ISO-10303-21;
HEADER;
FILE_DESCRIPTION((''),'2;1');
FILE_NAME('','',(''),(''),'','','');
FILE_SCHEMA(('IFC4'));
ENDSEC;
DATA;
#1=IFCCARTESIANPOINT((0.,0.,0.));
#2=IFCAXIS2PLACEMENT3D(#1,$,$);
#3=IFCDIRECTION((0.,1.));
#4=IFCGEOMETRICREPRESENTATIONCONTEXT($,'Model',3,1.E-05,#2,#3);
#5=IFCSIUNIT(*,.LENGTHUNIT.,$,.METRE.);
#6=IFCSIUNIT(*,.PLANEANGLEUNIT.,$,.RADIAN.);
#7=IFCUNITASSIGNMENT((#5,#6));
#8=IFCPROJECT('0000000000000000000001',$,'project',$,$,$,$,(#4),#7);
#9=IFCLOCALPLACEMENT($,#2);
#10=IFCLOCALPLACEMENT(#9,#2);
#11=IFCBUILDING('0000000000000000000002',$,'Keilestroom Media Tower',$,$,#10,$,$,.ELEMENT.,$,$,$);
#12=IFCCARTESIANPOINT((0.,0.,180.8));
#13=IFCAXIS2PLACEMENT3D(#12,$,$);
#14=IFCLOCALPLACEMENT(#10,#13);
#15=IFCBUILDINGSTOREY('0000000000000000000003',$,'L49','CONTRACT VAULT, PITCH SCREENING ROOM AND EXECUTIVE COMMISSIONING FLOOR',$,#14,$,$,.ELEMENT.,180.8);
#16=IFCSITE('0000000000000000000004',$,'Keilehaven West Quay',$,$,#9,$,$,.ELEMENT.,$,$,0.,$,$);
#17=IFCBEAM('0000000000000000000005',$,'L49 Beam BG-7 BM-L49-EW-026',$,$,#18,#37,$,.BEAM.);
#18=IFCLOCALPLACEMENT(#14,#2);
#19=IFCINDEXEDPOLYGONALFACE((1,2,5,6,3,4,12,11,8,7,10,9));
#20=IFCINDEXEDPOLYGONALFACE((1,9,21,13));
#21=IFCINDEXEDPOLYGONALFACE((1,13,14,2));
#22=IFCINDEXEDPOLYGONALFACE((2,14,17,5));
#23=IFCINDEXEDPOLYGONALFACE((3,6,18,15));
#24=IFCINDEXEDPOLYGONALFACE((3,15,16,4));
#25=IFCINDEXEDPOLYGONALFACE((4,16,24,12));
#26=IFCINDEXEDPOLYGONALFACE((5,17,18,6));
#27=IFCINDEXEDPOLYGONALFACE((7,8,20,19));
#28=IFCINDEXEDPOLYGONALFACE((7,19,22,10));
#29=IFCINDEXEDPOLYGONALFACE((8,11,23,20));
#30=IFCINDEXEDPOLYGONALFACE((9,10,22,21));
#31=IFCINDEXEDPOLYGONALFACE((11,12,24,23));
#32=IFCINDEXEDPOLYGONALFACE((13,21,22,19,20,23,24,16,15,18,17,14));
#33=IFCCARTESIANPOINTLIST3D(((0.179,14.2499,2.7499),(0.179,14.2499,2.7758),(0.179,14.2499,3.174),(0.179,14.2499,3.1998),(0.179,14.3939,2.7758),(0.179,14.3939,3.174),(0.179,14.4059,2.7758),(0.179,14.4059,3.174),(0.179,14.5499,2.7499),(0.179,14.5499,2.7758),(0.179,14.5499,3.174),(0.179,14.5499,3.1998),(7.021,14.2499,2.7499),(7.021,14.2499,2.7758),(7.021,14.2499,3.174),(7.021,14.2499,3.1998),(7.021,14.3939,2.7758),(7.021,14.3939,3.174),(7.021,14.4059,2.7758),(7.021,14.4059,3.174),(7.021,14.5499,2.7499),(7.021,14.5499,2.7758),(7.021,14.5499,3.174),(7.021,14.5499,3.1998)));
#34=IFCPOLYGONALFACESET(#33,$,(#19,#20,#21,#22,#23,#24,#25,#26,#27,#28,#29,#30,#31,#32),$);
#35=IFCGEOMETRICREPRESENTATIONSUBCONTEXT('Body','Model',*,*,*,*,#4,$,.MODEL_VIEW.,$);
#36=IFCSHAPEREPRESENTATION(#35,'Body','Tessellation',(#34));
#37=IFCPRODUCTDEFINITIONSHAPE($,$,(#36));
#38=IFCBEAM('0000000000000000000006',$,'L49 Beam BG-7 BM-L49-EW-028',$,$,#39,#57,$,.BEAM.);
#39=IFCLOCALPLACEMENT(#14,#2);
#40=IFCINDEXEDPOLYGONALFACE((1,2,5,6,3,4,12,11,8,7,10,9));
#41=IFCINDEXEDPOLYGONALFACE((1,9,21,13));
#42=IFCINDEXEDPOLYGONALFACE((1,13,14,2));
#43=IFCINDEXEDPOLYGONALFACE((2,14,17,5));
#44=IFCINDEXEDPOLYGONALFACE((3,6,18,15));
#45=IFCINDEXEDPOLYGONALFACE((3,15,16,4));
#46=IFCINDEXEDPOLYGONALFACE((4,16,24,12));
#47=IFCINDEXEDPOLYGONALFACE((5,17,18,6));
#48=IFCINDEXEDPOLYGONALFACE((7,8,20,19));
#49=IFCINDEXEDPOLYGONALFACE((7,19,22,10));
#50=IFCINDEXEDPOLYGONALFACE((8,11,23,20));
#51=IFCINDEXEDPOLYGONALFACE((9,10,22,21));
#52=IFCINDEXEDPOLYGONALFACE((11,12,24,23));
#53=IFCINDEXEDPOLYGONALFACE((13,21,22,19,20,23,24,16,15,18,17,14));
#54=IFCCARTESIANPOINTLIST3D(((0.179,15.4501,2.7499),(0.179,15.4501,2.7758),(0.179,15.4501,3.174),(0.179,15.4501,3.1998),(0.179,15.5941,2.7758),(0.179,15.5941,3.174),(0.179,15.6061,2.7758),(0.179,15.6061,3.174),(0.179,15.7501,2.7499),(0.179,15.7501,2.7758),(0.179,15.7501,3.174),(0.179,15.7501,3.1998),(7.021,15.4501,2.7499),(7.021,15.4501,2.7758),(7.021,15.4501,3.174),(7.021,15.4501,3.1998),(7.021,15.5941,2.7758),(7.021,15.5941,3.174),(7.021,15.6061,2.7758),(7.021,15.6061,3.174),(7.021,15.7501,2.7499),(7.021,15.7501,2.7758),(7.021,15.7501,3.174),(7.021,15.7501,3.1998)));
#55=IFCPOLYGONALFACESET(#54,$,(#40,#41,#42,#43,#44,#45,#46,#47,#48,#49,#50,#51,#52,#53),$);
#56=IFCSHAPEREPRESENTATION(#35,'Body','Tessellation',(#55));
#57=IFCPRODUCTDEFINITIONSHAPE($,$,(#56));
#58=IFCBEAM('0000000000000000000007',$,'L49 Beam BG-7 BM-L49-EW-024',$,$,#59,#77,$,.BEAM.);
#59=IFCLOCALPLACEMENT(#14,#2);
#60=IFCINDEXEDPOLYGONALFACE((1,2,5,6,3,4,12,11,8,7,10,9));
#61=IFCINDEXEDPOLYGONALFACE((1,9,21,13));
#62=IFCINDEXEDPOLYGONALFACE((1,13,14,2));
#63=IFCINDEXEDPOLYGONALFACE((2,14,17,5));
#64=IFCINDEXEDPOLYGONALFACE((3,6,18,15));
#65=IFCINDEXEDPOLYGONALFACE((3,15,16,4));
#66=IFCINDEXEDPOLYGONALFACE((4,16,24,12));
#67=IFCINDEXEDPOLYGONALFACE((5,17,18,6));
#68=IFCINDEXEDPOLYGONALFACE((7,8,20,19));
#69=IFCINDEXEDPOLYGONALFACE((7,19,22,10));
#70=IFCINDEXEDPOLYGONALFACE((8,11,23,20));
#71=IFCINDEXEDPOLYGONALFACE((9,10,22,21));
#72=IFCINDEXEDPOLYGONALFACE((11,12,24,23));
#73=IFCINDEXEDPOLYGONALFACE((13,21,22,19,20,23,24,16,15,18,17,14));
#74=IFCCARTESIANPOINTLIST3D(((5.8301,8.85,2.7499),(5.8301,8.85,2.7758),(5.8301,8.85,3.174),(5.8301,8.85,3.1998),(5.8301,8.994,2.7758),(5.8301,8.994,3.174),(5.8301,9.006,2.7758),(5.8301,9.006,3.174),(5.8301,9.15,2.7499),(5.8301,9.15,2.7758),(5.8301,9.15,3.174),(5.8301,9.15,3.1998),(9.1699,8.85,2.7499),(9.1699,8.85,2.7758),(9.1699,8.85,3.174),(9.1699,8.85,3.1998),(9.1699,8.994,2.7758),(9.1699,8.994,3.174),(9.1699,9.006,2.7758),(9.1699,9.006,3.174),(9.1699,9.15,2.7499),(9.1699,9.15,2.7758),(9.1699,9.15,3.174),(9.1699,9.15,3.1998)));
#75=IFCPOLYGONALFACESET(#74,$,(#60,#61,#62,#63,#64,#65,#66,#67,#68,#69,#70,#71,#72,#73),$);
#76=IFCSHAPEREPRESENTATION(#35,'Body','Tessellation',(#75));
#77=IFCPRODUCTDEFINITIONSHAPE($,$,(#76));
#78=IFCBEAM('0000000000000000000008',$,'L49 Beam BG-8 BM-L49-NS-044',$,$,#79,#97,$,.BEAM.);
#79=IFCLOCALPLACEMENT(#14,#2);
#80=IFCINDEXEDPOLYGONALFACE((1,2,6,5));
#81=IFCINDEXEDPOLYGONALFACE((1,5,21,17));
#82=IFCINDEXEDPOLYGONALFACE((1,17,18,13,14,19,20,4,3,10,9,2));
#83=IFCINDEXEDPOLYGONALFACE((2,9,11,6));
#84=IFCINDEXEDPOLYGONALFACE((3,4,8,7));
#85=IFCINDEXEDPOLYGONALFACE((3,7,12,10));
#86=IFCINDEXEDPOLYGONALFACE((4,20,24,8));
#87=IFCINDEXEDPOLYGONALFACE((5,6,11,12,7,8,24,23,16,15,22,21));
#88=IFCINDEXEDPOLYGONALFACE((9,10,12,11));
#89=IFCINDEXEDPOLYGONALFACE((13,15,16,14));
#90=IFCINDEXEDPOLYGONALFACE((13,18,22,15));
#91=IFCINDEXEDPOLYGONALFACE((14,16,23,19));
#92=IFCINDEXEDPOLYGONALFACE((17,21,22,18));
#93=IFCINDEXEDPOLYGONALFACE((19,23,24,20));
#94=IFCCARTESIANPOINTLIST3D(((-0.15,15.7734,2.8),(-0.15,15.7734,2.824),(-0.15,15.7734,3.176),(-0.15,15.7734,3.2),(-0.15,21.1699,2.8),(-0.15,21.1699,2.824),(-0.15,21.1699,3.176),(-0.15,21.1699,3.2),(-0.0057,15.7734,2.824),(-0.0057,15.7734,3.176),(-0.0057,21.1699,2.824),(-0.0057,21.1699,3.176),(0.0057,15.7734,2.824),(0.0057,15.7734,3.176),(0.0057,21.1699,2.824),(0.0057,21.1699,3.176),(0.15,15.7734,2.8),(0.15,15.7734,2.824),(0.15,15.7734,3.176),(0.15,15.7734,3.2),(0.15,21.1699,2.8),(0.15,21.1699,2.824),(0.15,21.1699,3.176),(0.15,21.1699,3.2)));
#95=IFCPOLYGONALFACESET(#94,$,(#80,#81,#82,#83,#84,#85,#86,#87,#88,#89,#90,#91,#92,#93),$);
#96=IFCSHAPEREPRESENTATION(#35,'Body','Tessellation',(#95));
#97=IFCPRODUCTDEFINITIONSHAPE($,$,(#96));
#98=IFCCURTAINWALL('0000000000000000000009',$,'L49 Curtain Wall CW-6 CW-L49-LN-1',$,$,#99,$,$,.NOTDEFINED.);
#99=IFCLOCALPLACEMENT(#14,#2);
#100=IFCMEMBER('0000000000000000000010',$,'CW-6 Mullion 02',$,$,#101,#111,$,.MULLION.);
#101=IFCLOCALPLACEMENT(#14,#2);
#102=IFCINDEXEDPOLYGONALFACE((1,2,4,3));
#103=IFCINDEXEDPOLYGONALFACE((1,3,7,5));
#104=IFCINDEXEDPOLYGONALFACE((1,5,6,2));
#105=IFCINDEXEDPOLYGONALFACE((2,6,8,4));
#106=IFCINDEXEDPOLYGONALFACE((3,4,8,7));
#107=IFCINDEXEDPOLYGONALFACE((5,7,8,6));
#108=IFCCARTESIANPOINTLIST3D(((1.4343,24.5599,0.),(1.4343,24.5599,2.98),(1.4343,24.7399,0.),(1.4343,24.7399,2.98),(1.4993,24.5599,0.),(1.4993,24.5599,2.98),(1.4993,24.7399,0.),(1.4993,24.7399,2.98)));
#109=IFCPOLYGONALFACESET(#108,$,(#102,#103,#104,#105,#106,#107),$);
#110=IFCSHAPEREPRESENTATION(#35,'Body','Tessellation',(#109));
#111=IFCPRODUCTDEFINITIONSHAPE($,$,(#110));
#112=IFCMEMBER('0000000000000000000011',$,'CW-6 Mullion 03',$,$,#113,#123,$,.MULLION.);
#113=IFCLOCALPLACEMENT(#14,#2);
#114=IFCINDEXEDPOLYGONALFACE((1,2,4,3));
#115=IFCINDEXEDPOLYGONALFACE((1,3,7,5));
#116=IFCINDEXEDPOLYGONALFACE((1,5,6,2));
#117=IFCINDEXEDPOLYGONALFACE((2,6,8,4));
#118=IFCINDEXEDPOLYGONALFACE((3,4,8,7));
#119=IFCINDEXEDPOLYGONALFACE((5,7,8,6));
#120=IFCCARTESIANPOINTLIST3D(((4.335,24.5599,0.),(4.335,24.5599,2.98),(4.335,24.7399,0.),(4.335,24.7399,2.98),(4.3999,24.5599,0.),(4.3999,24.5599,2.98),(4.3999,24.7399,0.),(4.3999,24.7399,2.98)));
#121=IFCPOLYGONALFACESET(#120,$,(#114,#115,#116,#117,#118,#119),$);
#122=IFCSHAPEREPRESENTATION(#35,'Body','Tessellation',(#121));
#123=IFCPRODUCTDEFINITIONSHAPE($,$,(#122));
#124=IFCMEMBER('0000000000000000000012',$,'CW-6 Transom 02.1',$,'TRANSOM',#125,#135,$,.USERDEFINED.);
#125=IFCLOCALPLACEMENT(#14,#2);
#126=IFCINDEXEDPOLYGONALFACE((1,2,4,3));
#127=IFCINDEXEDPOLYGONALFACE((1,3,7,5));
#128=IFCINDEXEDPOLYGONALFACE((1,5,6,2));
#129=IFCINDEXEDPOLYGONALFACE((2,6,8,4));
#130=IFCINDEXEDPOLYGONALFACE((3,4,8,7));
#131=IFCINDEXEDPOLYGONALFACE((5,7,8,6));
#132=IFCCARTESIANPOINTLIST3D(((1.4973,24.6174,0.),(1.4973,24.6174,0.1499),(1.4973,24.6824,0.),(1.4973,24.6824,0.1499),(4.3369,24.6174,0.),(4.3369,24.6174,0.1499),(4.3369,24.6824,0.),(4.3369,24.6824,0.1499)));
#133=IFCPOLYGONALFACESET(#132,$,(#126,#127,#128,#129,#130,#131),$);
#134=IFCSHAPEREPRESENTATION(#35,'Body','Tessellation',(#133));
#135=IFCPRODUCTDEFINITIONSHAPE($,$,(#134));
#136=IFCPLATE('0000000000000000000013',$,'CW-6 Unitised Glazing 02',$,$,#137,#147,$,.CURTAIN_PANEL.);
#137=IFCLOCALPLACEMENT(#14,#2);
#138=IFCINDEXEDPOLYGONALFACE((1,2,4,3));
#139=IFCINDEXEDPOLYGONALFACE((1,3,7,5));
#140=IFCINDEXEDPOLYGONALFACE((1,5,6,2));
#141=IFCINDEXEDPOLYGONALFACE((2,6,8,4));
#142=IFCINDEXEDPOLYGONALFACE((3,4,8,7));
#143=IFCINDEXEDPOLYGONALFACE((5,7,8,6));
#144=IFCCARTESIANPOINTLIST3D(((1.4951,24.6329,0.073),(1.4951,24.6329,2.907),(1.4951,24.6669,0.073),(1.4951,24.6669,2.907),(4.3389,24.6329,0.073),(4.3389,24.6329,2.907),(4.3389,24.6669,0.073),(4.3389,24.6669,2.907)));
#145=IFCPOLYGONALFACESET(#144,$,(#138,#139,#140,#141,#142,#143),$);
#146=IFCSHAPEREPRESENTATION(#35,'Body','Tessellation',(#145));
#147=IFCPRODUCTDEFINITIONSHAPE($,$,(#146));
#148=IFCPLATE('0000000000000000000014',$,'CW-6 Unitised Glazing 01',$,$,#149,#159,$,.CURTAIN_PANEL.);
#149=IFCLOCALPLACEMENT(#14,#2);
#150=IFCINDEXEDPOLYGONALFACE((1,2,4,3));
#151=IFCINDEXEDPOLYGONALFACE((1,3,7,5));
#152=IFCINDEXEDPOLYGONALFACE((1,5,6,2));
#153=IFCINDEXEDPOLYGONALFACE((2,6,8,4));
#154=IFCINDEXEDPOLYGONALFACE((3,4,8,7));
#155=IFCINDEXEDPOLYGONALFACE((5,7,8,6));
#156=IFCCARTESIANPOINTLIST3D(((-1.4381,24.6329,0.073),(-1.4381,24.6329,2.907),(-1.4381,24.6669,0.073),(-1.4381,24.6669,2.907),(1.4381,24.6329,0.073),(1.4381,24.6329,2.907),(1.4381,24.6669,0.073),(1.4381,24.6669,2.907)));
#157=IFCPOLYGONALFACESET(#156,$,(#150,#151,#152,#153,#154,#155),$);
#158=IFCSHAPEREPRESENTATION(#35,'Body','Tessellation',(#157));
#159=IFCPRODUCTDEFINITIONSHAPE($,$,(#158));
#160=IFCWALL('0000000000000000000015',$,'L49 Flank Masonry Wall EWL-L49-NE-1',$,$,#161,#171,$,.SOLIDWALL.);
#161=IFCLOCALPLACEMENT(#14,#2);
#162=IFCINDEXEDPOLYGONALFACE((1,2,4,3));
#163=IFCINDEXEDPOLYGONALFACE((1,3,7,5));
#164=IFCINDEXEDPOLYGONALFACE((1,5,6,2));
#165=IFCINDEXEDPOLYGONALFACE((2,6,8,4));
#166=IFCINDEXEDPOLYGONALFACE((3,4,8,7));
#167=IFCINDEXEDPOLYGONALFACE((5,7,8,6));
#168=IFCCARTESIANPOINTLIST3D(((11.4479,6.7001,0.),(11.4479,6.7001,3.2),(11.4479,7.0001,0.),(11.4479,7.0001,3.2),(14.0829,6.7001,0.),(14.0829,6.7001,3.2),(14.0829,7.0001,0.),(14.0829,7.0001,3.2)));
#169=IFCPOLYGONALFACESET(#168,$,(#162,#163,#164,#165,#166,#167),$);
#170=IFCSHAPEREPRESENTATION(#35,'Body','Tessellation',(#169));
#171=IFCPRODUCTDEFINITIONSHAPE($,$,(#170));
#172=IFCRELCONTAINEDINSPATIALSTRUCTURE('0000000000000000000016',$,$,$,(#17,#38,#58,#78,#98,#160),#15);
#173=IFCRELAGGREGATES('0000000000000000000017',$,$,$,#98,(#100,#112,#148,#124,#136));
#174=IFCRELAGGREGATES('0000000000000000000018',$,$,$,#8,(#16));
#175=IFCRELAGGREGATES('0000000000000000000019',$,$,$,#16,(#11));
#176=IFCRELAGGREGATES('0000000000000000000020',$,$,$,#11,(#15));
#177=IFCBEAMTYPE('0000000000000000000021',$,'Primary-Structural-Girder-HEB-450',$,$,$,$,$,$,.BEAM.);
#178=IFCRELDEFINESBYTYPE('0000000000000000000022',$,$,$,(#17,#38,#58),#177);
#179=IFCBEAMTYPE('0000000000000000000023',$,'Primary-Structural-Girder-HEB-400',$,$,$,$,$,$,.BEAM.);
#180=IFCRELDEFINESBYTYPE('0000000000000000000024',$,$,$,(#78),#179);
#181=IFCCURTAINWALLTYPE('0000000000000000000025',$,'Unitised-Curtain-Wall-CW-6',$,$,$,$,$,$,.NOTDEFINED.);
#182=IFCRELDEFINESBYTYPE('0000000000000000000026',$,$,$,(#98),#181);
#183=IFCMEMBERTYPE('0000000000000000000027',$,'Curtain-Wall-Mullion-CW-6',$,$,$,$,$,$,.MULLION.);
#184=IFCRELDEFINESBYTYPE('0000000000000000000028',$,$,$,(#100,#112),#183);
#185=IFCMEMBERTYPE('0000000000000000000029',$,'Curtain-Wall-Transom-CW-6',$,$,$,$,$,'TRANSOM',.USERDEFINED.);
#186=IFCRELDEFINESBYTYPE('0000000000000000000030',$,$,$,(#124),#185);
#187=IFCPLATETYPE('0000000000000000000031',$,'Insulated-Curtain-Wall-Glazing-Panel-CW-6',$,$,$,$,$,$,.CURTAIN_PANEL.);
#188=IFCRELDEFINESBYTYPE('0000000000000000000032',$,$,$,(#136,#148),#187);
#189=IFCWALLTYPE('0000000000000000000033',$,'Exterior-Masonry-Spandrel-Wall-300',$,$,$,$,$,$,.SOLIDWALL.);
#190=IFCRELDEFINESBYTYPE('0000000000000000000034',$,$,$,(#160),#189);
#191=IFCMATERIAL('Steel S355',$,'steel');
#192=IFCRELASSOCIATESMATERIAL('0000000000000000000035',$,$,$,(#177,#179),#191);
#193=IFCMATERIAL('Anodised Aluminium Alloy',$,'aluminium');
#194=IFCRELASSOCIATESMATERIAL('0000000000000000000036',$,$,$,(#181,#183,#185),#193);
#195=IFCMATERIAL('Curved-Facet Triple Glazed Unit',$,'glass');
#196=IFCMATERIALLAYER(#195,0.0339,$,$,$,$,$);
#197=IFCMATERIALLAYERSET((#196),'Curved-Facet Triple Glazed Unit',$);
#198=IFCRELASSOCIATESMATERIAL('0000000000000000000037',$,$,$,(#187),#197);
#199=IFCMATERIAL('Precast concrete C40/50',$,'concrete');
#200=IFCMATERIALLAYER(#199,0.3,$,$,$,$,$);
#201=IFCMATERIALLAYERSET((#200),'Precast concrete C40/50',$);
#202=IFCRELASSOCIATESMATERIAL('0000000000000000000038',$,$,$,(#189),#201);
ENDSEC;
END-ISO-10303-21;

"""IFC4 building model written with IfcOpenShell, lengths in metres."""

from ifc_helpers import new_model, si_unit, direction, frame, frame_2d, origin, origin_2d, place, context, subcontext, project, spatial, rectangle, i_section, extrude, source, transform, mapped, material, layer, layer_set, material_profile, profile_set, type_object, element, aggregate, save


model = new_model("IFC4")

# Units and contexts
model_context = context("Model", 3, precision=1e-05, world=origin(), true_north=direction((0.0, 1.0)))
body_context = subcontext(model_context, "Body", "Model", "MODEL_VIEW")
ifc_project = project(units=[si_unit("LENGTHUNIT", "METRE"), si_unit("PLANEANGLEUNIT", "RADIAN")], contexts=[model_context])

# Site, building, storey
site_placement = place(None, origin())
site = spatial("IfcSite", under=ifc_project, at=site_placement, Name="Keilehaven West Quay", CompositionType="ELEMENT", RefElevation=0.0)
building_placement = place(site_placement, origin())
building = spatial("IfcBuilding", under=site, at=building_placement, Name="Keilestroom Media Tower", CompositionType="ELEMENT")
storey_placement = place(building_placement, frame((0.0, 0.0, 180.8)))
storey = spatial("IfcBuildingStorey", under=building, at=storey_placement, Name="L49", Description="CONTRACT VAULT, PITCH SCREENING ROOM AND EXECUTIVE COMMISSIONING FLOOR", CompositionType="ELEMENT", Elevation=180.8)

# Shared definitions
ifc_material_1 = material(Name="Precast concrete C40/50", Category="concrete")
ifc_material_2 = material(Name="Steel S355", Category="steel")

# Beams
ifc_material_profile_1 = material_profile(ifc_material_2, i_section(OverallWidth=0.3, OverallDepth=0.45, WebThickness=0.012, FlangeThickness=0.0259, at=origin_2d()), Name="HEB 450")
ifc_profile_set_1 = profile_set([ifc_material_profile_1], Name="Steel S355")
beam_type_1 = type_object("IfcBeamType", Name="Primary-Structural-Girder-HEB-450", PredefinedType="BEAM", material=ifc_profile_set_1)
shared_shape_1 = source(origin(), body_context, "Body", "SweptSolid", [
    extrude(i_section(OverallWidth=0.3, OverallDepth=0.45, WebThickness=0.012, FlangeThickness=0.0259, at=origin_2d()), origin(), (0.0, 0.0, 1.0), 6.842),
])
for number, where, z_axis, x_axis, name in (
    (1, (0.179, 14.3999, 2.9749), (1.0, 0.0, 0.0), (0.0, 1.0, 0.0), "L49 Beam BG-7 BM-L49-EW-026"),
    (2, (0.179, 15.6001, 2.9749), (1.0, 0.0, 0.0), (0.0, 1.0, 0.0), "L49 Beam BG-7 BM-L49-EW-028"),
):
    element("IfcBeam", number, at=place(storey_placement, frame(where, z_axis=z_axis, x_axis=x_axis)), inside=storey, type_object=beam_type_1, Name=name, PredefinedType="BEAM", context=body_context, shape_type="MappedRepresentation", body=[
        mapped(shared_shape_1, transform((0.0, 0.0, 0.0), x_axis=(1.0, 0.0, 0.0), y_axis=(0.0, 1.0, 0.0), z_axis=(0.0, 0.0, 1.0), scale=1.0)),
    ])
shared_shape_2 = source(origin(), body_context, "Body", "SweptSolid", [
    extrude(i_section(OverallWidth=0.3, OverallDepth=0.45, WebThickness=0.012, FlangeThickness=0.0259, at=origin_2d()), origin(), (0.0, 0.0, 1.0), 3.3398),
])
beam_1_placement = place(storey_placement, frame((5.8301, 9.0, 2.9749), z_axis=(1.0, 0.0, 0.0), x_axis=(0.0, 1.0, 0.0)))
element("IfcBeam", 3, at=beam_1_placement, inside=storey, type_object=beam_type_1, Name="L49 Beam BG-7 BM-L49-EW-024", PredefinedType="BEAM", context=body_context, shape_type="MappedRepresentation", body=[
    mapped(shared_shape_2, transform((0.0, 0.0, 0.0), x_axis=(1.0, 0.0, 0.0), y_axis=(0.0, 1.0, 0.0), z_axis=(0.0, 0.0, 1.0), scale=1.0)),
])
ifc_material_profile_2 = material_profile(ifc_material_2, i_section(OverallWidth=0.3, OverallDepth=0.3999, WebThickness=0.0115, FlangeThickness=0.0239, at=origin_2d()), Name="HEB 400")
ifc_profile_set_2 = profile_set([ifc_material_profile_2], Name="Steel S355")
beam_type_2 = type_object("IfcBeamType", Name="Primary-Structural-Girder-HEB-400", PredefinedType="BEAM", material=ifc_profile_set_2)
shared_shape_3 = source(origin(), body_context, "Body", "SweptSolid", [
    extrude(i_section(OverallWidth=0.3, OverallDepth=0.3999, WebThickness=0.0115, FlangeThickness=0.0239, at=origin_2d()), origin(), (0.0, 0.0, 1.0), 5.3965),
])
beam_2_placement = place(storey_placement, frame((0.0, 15.7734, 3.0), z_axis=(0.0, 1.0, 0.0), x_axis=(-1.0, 0.0, 0.0)))
element("IfcBeam", 4, at=beam_2_placement, inside=storey, type_object=beam_type_2, Name="L49 Beam BG-8 BM-L49-NS-044", PredefinedType="BEAM", context=body_context, shape_type="MappedRepresentation", body=[
    mapped(shared_shape_3, transform((0.0, 0.0, 0.0), x_axis=(1.0, 0.0, 0.0), y_axis=(0.0, 1.0, 0.0), z_axis=(0.0, 0.0, 1.0), scale=1.0)),
])

# Curtain wall, members, plates
ifc_material_3 = material(Name="Anodised Aluminium Alloy", Category="aluminium")
curtain_wall_type = type_object("IfcCurtainWallType", Name="Unitised-Curtain-Wall-CW-6", PredefinedType="NOTDEFINED", material=ifc_material_3)
curtain_wall_placement = place(storey_placement, origin())
curtain_wall = element("IfcCurtainWall", 5, at=curtain_wall_placement, inside=storey, type_object=curtain_wall_type, Name="L49 Curtain Wall CW-6 CW-L49-LN-1", PredefinedType="NOTDEFINED")
ifc_material_profile_3 = material_profile(ifc_material_3, rectangle(XDim=0.0649, YDim=0.1799, at=origin_2d()), Name="ALU MULLION 65x180")
ifc_profile_set_3 = profile_set([ifc_material_profile_3], Name="Anodised Aluminium Alloy")
member_type_1 = type_object("IfcMemberType", Name="Curtain-Wall-Mullion-CW-6", PredefinedType="MULLION", material=ifc_profile_set_3)
shared_shape_4 = source(origin(), body_context, "Body", "SweptSolid", [
    extrude(rectangle(XDim=0.0649, YDim=0.1799, at=origin_2d()), origin(), (0.0, 0.0, 1.0), 2.98),
])
member_1_placement = place(storey_placement, frame((1.4668, 24.6499, 0.0), z_axis=(0.0, 0.0, 1.0), x_axis=(1.0, 0.0, 0.0)))
member_1 = element("IfcMember", 6, at=member_1_placement, type_object=member_type_1, Name="CW-6 Mullion 02", PredefinedType="MULLION", context=body_context, shape_type="MappedRepresentation", body=[
    mapped(shared_shape_4, transform((0.0, 0.0, 0.0), x_axis=(1.0, 0.0, 0.0), y_axis=(0.0, 1.0, 0.0), z_axis=(0.0, 0.0, 1.0), scale=1.0)),
])
member_2_placement = place(storey_placement, frame((4.3674, 24.6499, 0.0), z_axis=(0.0, 0.0, 1.0), x_axis=(1.0, 0.0, 0.0)))
member_2 = element("IfcMember", 7, at=member_2_placement, type_object=member_type_1, Name="CW-6 Mullion 03", PredefinedType="MULLION", context=body_context, shape_type="MappedRepresentation", body=[
    mapped(shared_shape_4, transform((0.0, 0.0, 0.0), x_axis=(1.0, 0.0, 0.0), y_axis=(0.0, 1.0, 0.0), z_axis=(0.0, 0.0, 1.0), scale=1.0)),
])
ifc_material_profile_4 = material_profile(ifc_material_3, rectangle(XDim=0.0649, YDim=0.1499, at=origin_2d()), Name="ALU TRANSOM 65x150")
ifc_profile_set_4 = profile_set([ifc_material_profile_4], Name="Anodised Aluminium Alloy")
member_type_2 = type_object("IfcMemberType", Name="Curtain-Wall-Transom-CW-6", ElementType="TRANSOM", PredefinedType="USERDEFINED", material=ifc_profile_set_4)
shared_shape_5 = source(origin(), body_context, "Body", "SweptSolid", [
    extrude(rectangle(XDim=0.0649, YDim=0.1499, at=origin_2d()), origin(), (0.0, 0.0, 1.0), 2.8396),
])
member_3_placement = place(storey_placement, frame((1.4973, 24.6499, 0.075), z_axis=(1.0, 0.0, 0.0), x_axis=(0.0, 1.0, 0.0)))
member_3 = element("IfcMember", 8, at=member_3_placement, type_object=member_type_2, Name="CW-6 Transom 02.1", ObjectType="TRANSOM", PredefinedType="USERDEFINED", context=body_context, shape_type="MappedRepresentation", body=[
    mapped(shared_shape_5, transform((0.0, 0.0, 0.0), x_axis=(1.0, 0.0, 0.0), y_axis=(0.0, 1.0, 0.0), z_axis=(0.0, 0.0, 1.0), scale=1.0)),
])
ifc_material_4 = material(Name="Curved-Facet Triple Glazed Unit", Category="glass")
ifc_layer_1 = layer(ifc_material_4, 0.0339)
ifc_layer_set_1 = layer_set([ifc_layer_1], Name="Curved-Facet Triple Glazed Unit")
plate_type = type_object("IfcPlateType", Name="Insulated-Curtain-Wall-Glazing-Panel-CW-6", PredefinedType="CURTAIN_PANEL", material=ifc_layer_set_1)
shared_shape_6 = source(origin(), body_context, "Body", "SweptSolid", [
    extrude(rectangle(XDim=2.8438, YDim=0.0339, at=origin_2d()), origin(), (0.0, 0.0, 1.0), 2.834),
])
plate_1_placement = place(storey_placement, frame((2.917, 24.6499, 0.073), z_axis=(0.0, 0.0, 1.0), x_axis=(1.0, 0.0, 0.0)))
plate_1 = element("IfcPlate", 9, at=plate_1_placement, type_object=plate_type, Name="CW-6 Unitised Glazing 02", PredefinedType="CURTAIN_PANEL", context=body_context, shape_type="MappedRepresentation", body=[
    mapped(shared_shape_6, transform((0.0, 0.0, 0.0), x_axis=(1.0, 0.0, 0.0), y_axis=(0.0, 1.0, 0.0), z_axis=(0.0, 0.0, 1.0), scale=1.0)),
])
shared_shape_7 = source(origin(), body_context, "Body", "SweptSolid", [
    extrude(rectangle(XDim=2.8762, YDim=0.0339, at=origin_2d()), origin(), (0.0, 0.0, 1.0), 2.834),
])
plate_2_placement = place(storey_placement, frame((0.0, 24.6499, 0.073), z_axis=(0.0, 0.0, 1.0), x_axis=(1.0, 0.0, 0.0)))
plate_2 = element("IfcPlate", 10, at=plate_2_placement, type_object=plate_type, Name="CW-6 Unitised Glazing 01", PredefinedType="CURTAIN_PANEL", context=body_context, shape_type="MappedRepresentation", body=[
    mapped(shared_shape_7, transform((0.0, 0.0, 0.0), x_axis=(1.0, 0.0, 0.0), y_axis=(0.0, 1.0, 0.0), z_axis=(0.0, 0.0, 1.0), scale=1.0)),
])
aggregate(curtain_wall, [member_1, member_2, plate_2, member_3, plate_1])

# Wall
ifc_layer_2 = layer(ifc_material_1, 0.3)
ifc_layer_set_2 = layer_set([ifc_layer_2], Name="Precast concrete C40/50")
wall_type_1 = type_object("IfcWallType", Name="Exterior-Masonry-Spandrel-Wall-300", PredefinedType="SOLIDWALL", material=ifc_layer_set_2)
wall_1_placement = place(storey_placement, frame((11.448, 6.8501, 0.0), z_axis=(0.0, 0.0, 1.0), x_axis=(1.0, 0.0, 0.0)))
element("IfcWall", 11, at=wall_1_placement, inside=storey, type_object=wall_type_1, Name="L49 Flank Masonry Wall EWL-L49-NE-1", PredefinedType="SOLIDWALL", context=body_context, shape_type="SweptSolid", body=[
    extrude(rectangle(XDim=2.635, YDim=0.3, at=frame_2d((1.3174, 0.0))), origin(), (0.0, 0.0, 1.0), 3.2),
])

save(model, "model.ifc")
